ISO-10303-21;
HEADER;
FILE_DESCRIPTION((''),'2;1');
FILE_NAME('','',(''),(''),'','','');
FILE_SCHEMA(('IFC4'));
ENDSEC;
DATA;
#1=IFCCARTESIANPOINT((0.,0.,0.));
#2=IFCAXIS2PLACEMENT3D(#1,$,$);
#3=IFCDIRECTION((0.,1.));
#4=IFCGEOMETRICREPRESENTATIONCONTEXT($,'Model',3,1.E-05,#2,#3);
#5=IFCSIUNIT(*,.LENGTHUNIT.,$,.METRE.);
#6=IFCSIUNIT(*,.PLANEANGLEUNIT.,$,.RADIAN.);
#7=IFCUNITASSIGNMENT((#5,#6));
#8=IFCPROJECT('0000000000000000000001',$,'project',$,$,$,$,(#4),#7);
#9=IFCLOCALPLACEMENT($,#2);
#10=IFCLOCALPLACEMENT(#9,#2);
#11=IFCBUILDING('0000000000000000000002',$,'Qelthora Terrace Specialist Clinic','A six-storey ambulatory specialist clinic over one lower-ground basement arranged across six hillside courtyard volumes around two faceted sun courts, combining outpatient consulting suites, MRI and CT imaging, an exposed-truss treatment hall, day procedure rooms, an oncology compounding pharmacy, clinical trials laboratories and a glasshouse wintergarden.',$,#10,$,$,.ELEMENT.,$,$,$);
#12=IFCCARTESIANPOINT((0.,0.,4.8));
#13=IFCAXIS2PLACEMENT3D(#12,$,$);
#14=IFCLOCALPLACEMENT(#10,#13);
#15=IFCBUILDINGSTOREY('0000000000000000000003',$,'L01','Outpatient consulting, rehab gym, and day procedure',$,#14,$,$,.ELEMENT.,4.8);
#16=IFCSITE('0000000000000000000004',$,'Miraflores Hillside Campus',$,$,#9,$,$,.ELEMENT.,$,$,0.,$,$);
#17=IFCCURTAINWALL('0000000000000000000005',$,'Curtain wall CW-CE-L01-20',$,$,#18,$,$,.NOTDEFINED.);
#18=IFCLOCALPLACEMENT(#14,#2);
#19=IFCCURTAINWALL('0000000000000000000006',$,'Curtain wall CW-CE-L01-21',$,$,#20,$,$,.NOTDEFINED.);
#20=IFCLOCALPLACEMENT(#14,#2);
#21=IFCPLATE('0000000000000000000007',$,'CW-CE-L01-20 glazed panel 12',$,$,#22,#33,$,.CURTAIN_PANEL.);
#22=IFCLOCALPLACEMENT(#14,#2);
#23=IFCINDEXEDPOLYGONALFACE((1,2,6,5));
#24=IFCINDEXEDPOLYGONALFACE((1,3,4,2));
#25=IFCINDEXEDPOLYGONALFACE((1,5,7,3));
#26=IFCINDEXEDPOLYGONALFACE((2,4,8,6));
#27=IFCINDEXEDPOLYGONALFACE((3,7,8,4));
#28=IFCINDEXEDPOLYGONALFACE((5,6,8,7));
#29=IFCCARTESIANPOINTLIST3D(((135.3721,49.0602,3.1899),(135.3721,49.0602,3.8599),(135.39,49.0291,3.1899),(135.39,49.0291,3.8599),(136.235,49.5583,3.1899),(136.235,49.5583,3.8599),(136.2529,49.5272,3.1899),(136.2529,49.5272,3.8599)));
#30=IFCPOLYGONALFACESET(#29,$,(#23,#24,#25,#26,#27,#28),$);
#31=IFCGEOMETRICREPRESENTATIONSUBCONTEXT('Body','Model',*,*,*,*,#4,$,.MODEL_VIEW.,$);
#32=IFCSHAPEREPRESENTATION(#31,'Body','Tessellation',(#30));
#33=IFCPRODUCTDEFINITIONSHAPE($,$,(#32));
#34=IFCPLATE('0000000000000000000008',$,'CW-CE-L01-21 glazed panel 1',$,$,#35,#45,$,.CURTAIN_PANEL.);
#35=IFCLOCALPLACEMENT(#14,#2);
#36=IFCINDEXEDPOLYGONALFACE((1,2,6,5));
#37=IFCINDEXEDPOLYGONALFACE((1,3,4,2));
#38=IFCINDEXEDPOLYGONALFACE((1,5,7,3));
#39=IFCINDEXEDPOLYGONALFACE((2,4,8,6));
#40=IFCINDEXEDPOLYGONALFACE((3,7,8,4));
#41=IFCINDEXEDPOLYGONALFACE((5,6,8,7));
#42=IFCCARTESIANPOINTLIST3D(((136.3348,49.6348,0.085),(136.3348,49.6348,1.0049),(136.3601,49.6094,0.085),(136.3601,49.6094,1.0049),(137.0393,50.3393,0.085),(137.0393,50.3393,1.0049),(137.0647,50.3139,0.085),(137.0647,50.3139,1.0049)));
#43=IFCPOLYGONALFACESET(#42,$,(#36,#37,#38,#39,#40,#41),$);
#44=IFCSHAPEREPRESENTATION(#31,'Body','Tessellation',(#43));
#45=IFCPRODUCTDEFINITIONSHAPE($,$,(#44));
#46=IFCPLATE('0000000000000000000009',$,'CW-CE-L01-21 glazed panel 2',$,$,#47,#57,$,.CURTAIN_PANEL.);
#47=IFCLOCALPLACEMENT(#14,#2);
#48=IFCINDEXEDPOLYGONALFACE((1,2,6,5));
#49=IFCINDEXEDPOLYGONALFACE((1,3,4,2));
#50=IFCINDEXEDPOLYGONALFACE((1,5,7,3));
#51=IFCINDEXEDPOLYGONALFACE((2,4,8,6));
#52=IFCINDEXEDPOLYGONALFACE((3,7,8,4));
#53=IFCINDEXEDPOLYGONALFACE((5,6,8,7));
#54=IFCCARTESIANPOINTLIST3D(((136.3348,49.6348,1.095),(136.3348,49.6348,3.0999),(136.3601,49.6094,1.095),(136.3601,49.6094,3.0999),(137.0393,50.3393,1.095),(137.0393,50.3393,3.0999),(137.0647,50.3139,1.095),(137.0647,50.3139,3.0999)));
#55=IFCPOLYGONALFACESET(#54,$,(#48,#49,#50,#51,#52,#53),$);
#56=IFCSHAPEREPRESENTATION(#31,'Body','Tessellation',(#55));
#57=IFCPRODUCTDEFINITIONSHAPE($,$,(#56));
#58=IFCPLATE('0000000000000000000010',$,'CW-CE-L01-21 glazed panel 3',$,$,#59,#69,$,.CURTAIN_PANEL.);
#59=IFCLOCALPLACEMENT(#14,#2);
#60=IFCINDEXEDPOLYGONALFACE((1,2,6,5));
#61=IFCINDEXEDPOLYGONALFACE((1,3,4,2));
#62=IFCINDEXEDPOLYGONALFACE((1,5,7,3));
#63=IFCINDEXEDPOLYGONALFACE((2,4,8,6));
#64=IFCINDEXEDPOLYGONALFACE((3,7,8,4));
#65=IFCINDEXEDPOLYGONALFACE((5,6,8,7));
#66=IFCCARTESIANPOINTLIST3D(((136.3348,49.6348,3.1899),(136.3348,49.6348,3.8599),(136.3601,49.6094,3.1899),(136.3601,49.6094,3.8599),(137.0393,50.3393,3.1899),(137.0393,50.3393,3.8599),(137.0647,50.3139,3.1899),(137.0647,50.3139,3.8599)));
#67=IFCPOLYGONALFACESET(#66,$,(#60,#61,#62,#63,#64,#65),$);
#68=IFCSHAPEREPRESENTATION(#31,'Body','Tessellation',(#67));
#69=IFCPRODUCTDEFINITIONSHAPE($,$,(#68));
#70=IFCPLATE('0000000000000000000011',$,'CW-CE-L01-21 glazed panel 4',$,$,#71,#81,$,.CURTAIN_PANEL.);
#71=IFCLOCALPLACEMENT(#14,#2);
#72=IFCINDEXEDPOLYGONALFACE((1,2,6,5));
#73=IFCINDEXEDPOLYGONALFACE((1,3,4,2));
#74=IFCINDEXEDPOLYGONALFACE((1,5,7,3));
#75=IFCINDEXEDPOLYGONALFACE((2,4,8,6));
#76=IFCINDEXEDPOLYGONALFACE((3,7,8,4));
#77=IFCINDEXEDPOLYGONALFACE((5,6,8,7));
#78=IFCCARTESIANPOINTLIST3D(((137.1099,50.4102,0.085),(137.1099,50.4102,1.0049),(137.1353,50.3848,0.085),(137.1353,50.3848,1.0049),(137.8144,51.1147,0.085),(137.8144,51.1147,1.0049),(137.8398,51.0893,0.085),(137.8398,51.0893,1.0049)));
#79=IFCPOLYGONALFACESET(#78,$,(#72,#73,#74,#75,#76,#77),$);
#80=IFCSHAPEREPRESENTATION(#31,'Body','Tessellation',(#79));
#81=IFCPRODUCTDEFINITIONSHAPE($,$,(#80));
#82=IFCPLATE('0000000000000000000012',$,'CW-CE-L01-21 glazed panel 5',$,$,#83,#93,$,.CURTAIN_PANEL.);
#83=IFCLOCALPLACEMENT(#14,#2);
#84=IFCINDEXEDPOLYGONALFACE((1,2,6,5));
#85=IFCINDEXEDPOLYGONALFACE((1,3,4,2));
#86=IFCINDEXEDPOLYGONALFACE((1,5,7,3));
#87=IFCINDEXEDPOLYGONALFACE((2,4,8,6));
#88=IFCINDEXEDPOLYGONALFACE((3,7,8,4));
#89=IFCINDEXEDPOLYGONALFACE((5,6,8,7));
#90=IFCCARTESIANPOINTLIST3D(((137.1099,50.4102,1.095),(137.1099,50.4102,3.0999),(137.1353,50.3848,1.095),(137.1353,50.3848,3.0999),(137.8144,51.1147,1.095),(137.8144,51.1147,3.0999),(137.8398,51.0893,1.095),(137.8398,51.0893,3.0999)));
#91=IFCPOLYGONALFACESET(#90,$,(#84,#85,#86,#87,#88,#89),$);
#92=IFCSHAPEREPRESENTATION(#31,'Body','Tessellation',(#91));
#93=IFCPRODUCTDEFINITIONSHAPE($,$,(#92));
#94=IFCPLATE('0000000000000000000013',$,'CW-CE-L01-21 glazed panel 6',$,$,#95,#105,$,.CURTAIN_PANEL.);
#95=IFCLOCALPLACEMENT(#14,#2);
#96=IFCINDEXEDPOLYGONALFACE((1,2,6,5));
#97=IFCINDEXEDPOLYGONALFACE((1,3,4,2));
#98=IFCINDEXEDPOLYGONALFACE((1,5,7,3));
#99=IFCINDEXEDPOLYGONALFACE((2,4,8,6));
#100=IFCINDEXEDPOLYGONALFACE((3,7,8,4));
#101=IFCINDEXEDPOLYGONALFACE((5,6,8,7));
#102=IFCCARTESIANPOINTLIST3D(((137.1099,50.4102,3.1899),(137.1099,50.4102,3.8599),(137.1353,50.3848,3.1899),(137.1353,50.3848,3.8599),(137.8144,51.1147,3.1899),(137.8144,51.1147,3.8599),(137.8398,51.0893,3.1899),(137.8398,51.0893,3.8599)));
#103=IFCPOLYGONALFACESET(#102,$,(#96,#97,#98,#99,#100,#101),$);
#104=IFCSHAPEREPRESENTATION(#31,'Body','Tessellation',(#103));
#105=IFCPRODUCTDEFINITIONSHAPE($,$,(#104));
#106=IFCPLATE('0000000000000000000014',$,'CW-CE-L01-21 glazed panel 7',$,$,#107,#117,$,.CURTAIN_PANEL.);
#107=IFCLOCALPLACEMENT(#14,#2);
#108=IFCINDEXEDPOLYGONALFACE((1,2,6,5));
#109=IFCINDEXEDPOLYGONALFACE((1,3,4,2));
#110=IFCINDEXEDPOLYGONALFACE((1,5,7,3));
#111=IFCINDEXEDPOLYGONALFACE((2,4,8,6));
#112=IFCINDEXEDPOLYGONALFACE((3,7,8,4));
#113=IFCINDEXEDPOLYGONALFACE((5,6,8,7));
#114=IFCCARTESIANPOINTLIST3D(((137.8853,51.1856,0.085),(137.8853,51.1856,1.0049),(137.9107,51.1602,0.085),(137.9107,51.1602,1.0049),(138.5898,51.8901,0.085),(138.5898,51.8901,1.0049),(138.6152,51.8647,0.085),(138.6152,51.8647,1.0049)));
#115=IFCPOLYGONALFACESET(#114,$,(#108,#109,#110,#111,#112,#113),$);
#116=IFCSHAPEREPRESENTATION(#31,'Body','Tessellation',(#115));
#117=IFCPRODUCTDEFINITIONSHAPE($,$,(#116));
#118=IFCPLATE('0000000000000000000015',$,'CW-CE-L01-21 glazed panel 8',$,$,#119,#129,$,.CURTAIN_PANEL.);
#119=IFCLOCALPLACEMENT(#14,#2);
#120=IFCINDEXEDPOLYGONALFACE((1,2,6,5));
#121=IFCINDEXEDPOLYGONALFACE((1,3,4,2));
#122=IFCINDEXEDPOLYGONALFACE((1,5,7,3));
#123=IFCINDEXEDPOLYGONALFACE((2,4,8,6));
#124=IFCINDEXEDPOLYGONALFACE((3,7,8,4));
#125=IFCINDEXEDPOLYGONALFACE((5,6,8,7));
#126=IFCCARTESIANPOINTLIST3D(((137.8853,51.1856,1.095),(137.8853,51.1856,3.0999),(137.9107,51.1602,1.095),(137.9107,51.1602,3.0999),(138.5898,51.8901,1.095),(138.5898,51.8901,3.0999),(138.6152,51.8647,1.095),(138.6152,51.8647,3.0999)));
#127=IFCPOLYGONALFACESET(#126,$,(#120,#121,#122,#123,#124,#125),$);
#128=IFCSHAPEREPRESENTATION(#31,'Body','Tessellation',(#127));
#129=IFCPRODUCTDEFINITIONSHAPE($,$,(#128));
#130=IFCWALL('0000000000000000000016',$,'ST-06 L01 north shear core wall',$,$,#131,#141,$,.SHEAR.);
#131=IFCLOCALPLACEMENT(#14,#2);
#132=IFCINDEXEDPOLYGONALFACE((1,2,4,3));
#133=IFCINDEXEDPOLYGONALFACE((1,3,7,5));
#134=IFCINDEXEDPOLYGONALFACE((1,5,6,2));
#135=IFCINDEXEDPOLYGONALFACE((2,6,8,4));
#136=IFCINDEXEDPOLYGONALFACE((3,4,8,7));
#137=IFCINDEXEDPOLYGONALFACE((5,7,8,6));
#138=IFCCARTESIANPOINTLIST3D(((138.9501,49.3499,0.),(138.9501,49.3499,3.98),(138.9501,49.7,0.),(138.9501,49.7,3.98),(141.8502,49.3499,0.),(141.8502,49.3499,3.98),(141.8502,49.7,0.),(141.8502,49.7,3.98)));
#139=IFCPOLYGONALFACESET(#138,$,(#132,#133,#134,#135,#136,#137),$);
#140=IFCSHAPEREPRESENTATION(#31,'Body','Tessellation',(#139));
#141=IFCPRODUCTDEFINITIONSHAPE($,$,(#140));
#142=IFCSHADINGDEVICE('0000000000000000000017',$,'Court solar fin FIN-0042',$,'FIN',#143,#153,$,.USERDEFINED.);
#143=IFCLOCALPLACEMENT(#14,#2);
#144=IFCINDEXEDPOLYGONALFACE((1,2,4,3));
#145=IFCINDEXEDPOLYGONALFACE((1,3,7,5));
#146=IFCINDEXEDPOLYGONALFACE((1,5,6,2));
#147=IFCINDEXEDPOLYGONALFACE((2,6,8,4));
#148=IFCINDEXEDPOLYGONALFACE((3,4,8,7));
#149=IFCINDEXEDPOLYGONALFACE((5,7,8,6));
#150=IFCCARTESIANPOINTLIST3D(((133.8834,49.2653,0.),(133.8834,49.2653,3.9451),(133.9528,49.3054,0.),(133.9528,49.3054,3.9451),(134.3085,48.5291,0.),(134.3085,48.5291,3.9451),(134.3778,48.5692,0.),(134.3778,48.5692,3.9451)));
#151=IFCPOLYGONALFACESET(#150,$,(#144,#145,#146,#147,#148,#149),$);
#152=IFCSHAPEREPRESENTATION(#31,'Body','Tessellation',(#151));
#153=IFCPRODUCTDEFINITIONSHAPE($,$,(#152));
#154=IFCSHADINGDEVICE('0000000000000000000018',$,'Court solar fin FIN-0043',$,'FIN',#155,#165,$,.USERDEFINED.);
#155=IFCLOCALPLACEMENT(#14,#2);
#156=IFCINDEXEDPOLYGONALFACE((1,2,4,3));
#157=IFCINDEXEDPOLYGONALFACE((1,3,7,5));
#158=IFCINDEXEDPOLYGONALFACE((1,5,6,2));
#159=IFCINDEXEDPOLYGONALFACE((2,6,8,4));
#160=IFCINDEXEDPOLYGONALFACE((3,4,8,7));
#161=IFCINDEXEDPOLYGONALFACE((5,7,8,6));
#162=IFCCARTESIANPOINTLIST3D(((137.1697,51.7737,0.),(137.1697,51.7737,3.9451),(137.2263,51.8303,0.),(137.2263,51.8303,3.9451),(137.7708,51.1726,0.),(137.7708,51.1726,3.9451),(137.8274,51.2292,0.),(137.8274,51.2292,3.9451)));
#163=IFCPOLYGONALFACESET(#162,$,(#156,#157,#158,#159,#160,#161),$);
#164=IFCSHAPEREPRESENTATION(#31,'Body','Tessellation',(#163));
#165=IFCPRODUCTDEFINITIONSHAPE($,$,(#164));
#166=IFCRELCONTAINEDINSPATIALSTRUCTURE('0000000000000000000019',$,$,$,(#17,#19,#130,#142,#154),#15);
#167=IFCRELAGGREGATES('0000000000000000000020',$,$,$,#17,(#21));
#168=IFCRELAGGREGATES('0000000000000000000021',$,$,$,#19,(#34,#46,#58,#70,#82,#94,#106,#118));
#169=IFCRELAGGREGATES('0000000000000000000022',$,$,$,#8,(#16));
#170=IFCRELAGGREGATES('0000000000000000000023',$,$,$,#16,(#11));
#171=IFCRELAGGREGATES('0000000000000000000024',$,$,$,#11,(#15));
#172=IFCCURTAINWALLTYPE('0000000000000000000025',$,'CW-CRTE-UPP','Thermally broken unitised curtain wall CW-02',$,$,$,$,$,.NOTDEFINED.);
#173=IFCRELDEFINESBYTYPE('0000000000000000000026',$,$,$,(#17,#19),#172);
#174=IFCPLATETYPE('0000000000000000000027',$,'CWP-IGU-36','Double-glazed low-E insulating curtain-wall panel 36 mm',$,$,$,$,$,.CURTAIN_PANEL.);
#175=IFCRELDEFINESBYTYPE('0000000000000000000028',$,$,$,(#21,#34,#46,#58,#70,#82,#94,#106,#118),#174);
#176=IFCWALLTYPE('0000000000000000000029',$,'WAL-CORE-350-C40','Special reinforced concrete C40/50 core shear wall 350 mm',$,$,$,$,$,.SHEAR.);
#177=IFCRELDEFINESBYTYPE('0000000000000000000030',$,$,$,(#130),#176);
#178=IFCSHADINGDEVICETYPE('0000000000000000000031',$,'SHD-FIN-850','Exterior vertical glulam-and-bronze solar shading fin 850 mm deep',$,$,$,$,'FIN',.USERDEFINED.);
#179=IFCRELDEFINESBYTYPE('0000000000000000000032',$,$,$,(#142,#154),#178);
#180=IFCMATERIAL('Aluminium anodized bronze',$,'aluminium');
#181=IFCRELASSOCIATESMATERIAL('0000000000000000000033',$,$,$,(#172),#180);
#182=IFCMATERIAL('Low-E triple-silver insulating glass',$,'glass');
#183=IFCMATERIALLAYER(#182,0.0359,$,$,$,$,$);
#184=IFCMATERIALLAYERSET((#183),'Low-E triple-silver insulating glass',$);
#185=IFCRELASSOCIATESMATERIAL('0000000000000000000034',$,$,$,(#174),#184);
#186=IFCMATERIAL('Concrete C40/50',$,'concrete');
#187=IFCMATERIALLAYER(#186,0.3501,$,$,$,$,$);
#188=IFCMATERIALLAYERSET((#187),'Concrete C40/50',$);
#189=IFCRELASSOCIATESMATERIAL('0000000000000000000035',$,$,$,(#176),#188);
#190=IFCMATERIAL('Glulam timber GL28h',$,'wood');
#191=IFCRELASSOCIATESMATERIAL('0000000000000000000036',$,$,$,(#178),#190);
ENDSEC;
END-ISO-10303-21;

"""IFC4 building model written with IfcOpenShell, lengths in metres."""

from ifc_helpers import new_model, si_unit, direction, frame, frame_2d, origin, origin_2d, place, context, subcontext, project, spatial, rectangle, extrude, material, layer, layer_set, type_object, element, aggregate, save


model = new_model("IFC4")

# Units and contexts
model_context = context("Model", 3, precision=1e-05, world=origin(), true_north=direction((0.0, 1.0)))
body_context = subcontext(model_context, "Body", "Model", "MODEL_VIEW")
ifc_project = project(units=[si_unit("LENGTHUNIT", "METRE"), si_unit("PLANEANGLEUNIT", "RADIAN")], contexts=[model_context])

# Site, building, storey
site_placement = place(None, origin())
site = spatial("IfcSite", under=ifc_project, at=site_placement, Name="Miraflores Hillside Campus", CompositionType="ELEMENT", RefElevation=0.0)
building_placement = place(site_placement, origin())
building = spatial("IfcBuilding", under=site, at=building_placement, Name="Qelthora Terrace Specialist Clinic", Description="A six-storey ambulatory specialist clinic over one lower-ground basement arranged across six hillside courtyard volumes around two faceted sun courts, combining outpatient consulting suites, MRI and CT imaging, an exposed-truss treatment hall, day procedure rooms, an oncology compounding pharmacy, clinical trials laboratories and a glasshouse wintergarden.", CompositionType="ELEMENT")
storey_placement = place(building_placement, frame((0.0, 0.0, 4.8)))
storey = spatial("IfcBuildingStorey", under=building, at=storey_placement, Name="L01", Description="Outpatient consulting, rehab gym, and day procedure", CompositionType="ELEMENT", Elevation=4.8)

# Curtain walls
ifc_material_1 = material(Name="Aluminium anodized bronze", Category="aluminium")
curtain_wall_type = type_object("IfcCurtainWallType", Name="CW-CRTE-UPP", Description="Thermally broken unitised curtain wall CW-02", PredefinedType="NOTDEFINED", material=ifc_material_1)
curtain_wall_1_placement = place(storey_placement, origin())
curtain_wall_1 = element("IfcCurtainWall", 1, at=curtain_wall_1_placement, inside=storey, type_object=curtain_wall_type, Name="Curtain wall CW-CE-L01-20", PredefinedType="NOTDEFINED")
curtain_wall_2_placement = place(storey_placement, origin())
curtain_wall_2 = element("IfcCurtainWall", 2, at=curtain_wall_2_placement, inside=storey, type_object=curtain_wall_type, Name="Curtain wall CW-CE-L01-21", PredefinedType="NOTDEFINED")

# Plates
ifc_material_2 = material(Name="Low-E triple-silver insulating glass", Category="glass")
ifc_layer_1 = layer(ifc_material_2, 0.0359)
ifc_layer_set_1 = layer_set([ifc_layer_1], Name="Low-E triple-silver insulating glass")
plate_type = type_object("IfcPlateType", Name="CWP-IGU-36", Description="Double-glazed low-E insulating curtain-wall panel 36 mm", PredefinedType="CURTAIN_PANEL", material=ifc_layer_set_1)
plate_1_placement = place(storey_placement, frame((135.8125, 49.2937, 3.1899), z_axis=(0.0, 0.0, 1.0), x_axis=(0.866025, 0.5, 0.0)))
plate_1 = element("IfcPlate", 3, at=plate_1_placement, type_object=plate_type, Name="CW-CE-L01-20 glazed panel 12", PredefinedType="CURTAIN_PANEL", context=body_context, shape_type="SweptSolid", body=[
    extrude(rectangle(XDim=0.9963, YDim=0.0359, at=origin_2d()), origin(), (0.0, 0.0, 1.0), 0.6699),
])
aggregate(curtain_wall_1, [plate_1])
plate_2_placement = place(storey_placement, frame((136.6997, 49.9744, 0.085), z_axis=(0.0, 0.0, 1.0), x_axis=(0.707107, 0.707107, 0.0)))
plate_2 = element("IfcPlate", 4, at=plate_2_placement, type_object=plate_type, Name="CW-CE-L01-21 glazed panel 1", PredefinedType="CURTAIN_PANEL", context=body_context, shape_type="SweptSolid", body=[
    extrude(rectangle(XDim=0.9963, YDim=0.0359, at=origin_2d()), origin(), (0.0, 0.0, 1.0), 0.9199),
])
plate_3_placement = place(storey_placement, frame((136.6997, 49.9744, 1.095), z_axis=(0.0, 0.0, 1.0), x_axis=(0.707107, 0.707107, 0.0)))
plate_3 = element("IfcPlate", 5, at=plate_3_placement, type_object=plate_type, Name="CW-CE-L01-21 glazed panel 2", PredefinedType="CURTAIN_PANEL", context=body_context, shape_type="SweptSolid", body=[
    extrude(rectangle(XDim=0.9963, YDim=0.0359, at=origin_2d()), origin(), (0.0, 0.0, 1.0), 2.0049),
])
plate_4_placement = place(storey_placement, frame((136.6997, 49.9744, 3.1899), z_axis=(0.0, 0.0, 1.0), x_axis=(0.707107, 0.707107, 0.0)))
plate_4 = element("IfcPlate", 6, at=plate_4_placement, type_object=plate_type, Name="CW-CE-L01-21 glazed panel 3", PredefinedType="CURTAIN_PANEL", context=body_context, shape_type="SweptSolid", body=[
    extrude(rectangle(XDim=0.9963, YDim=0.0359, at=origin_2d()), origin(), (0.0, 0.0, 1.0), 0.6699),
])
plate_5_placement = place(storey_placement, frame((137.4749, 50.7498, 0.085), z_axis=(0.0, 0.0, 1.0), x_axis=(0.707107, 0.707107, 0.0)))
plate_5 = element("IfcPlate", 7, at=plate_5_placement, type_object=plate_type, Name="CW-CE-L01-21 glazed panel 4", PredefinedType="CURTAIN_PANEL", context=body_context, shape_type="SweptSolid", body=[
    extrude(rectangle(XDim=0.9963, YDim=0.0359, at=origin_2d()), origin(), (0.0, 0.0, 1.0), 0.9199),
])
plate_6_placement = place(storey_placement, frame((137.4749, 50.7498, 1.095), z_axis=(0.0, 0.0, 1.0), x_axis=(0.707107, 0.707107, 0.0)))
plate_6 = element("IfcPlate", 8, at=plate_6_placement, type_object=plate_type, Name="CW-CE-L01-21 glazed panel 5", PredefinedType="CURTAIN_PANEL", context=body_context, shape_type="SweptSolid", body=[
    extrude(rectangle(XDim=0.9963, YDim=0.0359, at=origin_2d()), origin(), (0.0, 0.0, 1.0), 2.0049),
])
plate_7_placement = place(storey_placement, frame((137.4749, 50.7498, 3.1899), z_axis=(0.0, 0.0, 1.0), x_axis=(0.707107, 0.707107, 0.0)))
plate_7 = element("IfcPlate", 9, at=plate_7_placement, type_object=plate_type, Name="CW-CE-L01-21 glazed panel 6", PredefinedType="CURTAIN_PANEL", context=body_context, shape_type="SweptSolid", body=[
    extrude(rectangle(XDim=0.9963, YDim=0.0359, at=origin_2d()), origin(), (0.0, 0.0, 1.0), 0.6699),
])
plate_8_placement = place(storey_placement, frame((138.2502, 51.5251, 0.085), z_axis=(0.0, 0.0, 1.0), x_axis=(0.707107, 0.707107, 0.0)))
plate_8 = element("IfcPlate", 10, at=plate_8_placement, type_object=plate_type, Name="CW-CE-L01-21 glazed panel 7", PredefinedType="CURTAIN_PANEL", context=body_context, shape_type="SweptSolid", body=[
    extrude(rectangle(XDim=0.9963, YDim=0.0359, at=origin_2d()), origin(), (0.0, 0.0, 1.0), 0.9199),
])
plate_9_placement = place(storey_placement, frame((138.2502, 51.5251, 1.095), z_axis=(0.0, 0.0, 1.0), x_axis=(0.707107, 0.707107, 0.0)))
plate_9 = element("IfcPlate", 11, at=plate_9_placement, type_object=plate_type, Name="CW-CE-L01-21 glazed panel 8", PredefinedType="CURTAIN_PANEL", context=body_context, shape_type="SweptSolid", body=[
    extrude(rectangle(XDim=0.9963, YDim=0.0359, at=origin_2d()), origin(), (0.0, 0.0, 1.0), 2.0049),
])
aggregate(curtain_wall_2, [plate_2, plate_3, plate_4, plate_5, plate_6, plate_7, plate_8, plate_9])

# Wall
ifc_material_3 = material(Name="Concrete C40/50", Category="concrete")
ifc_layer_2 = layer(ifc_material_3, 0.3501)
ifc_layer_set_2 = layer_set([ifc_layer_2], Name="Concrete C40/50")
wall_type = type_object("IfcWallType", Name="WAL-CORE-350-C40", Description="Special reinforced concrete C40/50 core shear wall 350 mm", PredefinedType="SHEAR", material=ifc_layer_set_2)
wall_placement = place(storey_placement, frame((138.95, 49.5249, 0.0), z_axis=(0.0, 0.0, 1.0), x_axis=(1.0, 0.0, 0.0)))
element("IfcWall", 12, at=wall_placement, inside=storey, type_object=wall_type, Name="ST-06 L01 north shear core wall", PredefinedType="SHEAR", context=body_context, shape_type="SweptSolid", body=[
    extrude(rectangle(XDim=2.9001, YDim=0.3501, at=frame_2d((1.4502, 0.0))), origin(), (0.0, 0.0, 1.0), 3.98),
])

# Shading devices
ifc_material_4 = material(Name="Glulam timber GL28h", Category="wood")
shading_device_type = type_object("IfcShadingDeviceType", Name="SHD-FIN-850", Description="Exterior vertical glulam-and-bronze solar shading fin 850 mm deep", ElementType="FIN", PredefinedType="USERDEFINED", material=ifc_material_4)
for number, where, z_axis, x_axis, name in (
    (13, (134.1306, 48.9172, 0.0), (0.0, 0.0, 1.0), (-0.5, 0.866025, 0.0), "Court solar fin FIN-0042"),
    (14, (137.4985, 51.5015, 0.0), (0.0, 0.0, 1.0), (-0.707107, 0.707107, 0.0), "Court solar fin FIN-0043"),
):
    element("IfcShadingDevice", number, at=place(storey_placement, frame(where, z_axis=z_axis, x_axis=x_axis)), inside=storey, type_object=shading_device_type, Name=name, ObjectType="FIN", PredefinedType="USERDEFINED", context=body_context, shape_type="SweptSolid", body=[
        extrude(rectangle(XDim=0.8501, YDim=0.0801, at=origin_2d()), origin(), (0.0, 0.0, 1.0), 3.9451),
    ])

save(model, "model.ifc")
